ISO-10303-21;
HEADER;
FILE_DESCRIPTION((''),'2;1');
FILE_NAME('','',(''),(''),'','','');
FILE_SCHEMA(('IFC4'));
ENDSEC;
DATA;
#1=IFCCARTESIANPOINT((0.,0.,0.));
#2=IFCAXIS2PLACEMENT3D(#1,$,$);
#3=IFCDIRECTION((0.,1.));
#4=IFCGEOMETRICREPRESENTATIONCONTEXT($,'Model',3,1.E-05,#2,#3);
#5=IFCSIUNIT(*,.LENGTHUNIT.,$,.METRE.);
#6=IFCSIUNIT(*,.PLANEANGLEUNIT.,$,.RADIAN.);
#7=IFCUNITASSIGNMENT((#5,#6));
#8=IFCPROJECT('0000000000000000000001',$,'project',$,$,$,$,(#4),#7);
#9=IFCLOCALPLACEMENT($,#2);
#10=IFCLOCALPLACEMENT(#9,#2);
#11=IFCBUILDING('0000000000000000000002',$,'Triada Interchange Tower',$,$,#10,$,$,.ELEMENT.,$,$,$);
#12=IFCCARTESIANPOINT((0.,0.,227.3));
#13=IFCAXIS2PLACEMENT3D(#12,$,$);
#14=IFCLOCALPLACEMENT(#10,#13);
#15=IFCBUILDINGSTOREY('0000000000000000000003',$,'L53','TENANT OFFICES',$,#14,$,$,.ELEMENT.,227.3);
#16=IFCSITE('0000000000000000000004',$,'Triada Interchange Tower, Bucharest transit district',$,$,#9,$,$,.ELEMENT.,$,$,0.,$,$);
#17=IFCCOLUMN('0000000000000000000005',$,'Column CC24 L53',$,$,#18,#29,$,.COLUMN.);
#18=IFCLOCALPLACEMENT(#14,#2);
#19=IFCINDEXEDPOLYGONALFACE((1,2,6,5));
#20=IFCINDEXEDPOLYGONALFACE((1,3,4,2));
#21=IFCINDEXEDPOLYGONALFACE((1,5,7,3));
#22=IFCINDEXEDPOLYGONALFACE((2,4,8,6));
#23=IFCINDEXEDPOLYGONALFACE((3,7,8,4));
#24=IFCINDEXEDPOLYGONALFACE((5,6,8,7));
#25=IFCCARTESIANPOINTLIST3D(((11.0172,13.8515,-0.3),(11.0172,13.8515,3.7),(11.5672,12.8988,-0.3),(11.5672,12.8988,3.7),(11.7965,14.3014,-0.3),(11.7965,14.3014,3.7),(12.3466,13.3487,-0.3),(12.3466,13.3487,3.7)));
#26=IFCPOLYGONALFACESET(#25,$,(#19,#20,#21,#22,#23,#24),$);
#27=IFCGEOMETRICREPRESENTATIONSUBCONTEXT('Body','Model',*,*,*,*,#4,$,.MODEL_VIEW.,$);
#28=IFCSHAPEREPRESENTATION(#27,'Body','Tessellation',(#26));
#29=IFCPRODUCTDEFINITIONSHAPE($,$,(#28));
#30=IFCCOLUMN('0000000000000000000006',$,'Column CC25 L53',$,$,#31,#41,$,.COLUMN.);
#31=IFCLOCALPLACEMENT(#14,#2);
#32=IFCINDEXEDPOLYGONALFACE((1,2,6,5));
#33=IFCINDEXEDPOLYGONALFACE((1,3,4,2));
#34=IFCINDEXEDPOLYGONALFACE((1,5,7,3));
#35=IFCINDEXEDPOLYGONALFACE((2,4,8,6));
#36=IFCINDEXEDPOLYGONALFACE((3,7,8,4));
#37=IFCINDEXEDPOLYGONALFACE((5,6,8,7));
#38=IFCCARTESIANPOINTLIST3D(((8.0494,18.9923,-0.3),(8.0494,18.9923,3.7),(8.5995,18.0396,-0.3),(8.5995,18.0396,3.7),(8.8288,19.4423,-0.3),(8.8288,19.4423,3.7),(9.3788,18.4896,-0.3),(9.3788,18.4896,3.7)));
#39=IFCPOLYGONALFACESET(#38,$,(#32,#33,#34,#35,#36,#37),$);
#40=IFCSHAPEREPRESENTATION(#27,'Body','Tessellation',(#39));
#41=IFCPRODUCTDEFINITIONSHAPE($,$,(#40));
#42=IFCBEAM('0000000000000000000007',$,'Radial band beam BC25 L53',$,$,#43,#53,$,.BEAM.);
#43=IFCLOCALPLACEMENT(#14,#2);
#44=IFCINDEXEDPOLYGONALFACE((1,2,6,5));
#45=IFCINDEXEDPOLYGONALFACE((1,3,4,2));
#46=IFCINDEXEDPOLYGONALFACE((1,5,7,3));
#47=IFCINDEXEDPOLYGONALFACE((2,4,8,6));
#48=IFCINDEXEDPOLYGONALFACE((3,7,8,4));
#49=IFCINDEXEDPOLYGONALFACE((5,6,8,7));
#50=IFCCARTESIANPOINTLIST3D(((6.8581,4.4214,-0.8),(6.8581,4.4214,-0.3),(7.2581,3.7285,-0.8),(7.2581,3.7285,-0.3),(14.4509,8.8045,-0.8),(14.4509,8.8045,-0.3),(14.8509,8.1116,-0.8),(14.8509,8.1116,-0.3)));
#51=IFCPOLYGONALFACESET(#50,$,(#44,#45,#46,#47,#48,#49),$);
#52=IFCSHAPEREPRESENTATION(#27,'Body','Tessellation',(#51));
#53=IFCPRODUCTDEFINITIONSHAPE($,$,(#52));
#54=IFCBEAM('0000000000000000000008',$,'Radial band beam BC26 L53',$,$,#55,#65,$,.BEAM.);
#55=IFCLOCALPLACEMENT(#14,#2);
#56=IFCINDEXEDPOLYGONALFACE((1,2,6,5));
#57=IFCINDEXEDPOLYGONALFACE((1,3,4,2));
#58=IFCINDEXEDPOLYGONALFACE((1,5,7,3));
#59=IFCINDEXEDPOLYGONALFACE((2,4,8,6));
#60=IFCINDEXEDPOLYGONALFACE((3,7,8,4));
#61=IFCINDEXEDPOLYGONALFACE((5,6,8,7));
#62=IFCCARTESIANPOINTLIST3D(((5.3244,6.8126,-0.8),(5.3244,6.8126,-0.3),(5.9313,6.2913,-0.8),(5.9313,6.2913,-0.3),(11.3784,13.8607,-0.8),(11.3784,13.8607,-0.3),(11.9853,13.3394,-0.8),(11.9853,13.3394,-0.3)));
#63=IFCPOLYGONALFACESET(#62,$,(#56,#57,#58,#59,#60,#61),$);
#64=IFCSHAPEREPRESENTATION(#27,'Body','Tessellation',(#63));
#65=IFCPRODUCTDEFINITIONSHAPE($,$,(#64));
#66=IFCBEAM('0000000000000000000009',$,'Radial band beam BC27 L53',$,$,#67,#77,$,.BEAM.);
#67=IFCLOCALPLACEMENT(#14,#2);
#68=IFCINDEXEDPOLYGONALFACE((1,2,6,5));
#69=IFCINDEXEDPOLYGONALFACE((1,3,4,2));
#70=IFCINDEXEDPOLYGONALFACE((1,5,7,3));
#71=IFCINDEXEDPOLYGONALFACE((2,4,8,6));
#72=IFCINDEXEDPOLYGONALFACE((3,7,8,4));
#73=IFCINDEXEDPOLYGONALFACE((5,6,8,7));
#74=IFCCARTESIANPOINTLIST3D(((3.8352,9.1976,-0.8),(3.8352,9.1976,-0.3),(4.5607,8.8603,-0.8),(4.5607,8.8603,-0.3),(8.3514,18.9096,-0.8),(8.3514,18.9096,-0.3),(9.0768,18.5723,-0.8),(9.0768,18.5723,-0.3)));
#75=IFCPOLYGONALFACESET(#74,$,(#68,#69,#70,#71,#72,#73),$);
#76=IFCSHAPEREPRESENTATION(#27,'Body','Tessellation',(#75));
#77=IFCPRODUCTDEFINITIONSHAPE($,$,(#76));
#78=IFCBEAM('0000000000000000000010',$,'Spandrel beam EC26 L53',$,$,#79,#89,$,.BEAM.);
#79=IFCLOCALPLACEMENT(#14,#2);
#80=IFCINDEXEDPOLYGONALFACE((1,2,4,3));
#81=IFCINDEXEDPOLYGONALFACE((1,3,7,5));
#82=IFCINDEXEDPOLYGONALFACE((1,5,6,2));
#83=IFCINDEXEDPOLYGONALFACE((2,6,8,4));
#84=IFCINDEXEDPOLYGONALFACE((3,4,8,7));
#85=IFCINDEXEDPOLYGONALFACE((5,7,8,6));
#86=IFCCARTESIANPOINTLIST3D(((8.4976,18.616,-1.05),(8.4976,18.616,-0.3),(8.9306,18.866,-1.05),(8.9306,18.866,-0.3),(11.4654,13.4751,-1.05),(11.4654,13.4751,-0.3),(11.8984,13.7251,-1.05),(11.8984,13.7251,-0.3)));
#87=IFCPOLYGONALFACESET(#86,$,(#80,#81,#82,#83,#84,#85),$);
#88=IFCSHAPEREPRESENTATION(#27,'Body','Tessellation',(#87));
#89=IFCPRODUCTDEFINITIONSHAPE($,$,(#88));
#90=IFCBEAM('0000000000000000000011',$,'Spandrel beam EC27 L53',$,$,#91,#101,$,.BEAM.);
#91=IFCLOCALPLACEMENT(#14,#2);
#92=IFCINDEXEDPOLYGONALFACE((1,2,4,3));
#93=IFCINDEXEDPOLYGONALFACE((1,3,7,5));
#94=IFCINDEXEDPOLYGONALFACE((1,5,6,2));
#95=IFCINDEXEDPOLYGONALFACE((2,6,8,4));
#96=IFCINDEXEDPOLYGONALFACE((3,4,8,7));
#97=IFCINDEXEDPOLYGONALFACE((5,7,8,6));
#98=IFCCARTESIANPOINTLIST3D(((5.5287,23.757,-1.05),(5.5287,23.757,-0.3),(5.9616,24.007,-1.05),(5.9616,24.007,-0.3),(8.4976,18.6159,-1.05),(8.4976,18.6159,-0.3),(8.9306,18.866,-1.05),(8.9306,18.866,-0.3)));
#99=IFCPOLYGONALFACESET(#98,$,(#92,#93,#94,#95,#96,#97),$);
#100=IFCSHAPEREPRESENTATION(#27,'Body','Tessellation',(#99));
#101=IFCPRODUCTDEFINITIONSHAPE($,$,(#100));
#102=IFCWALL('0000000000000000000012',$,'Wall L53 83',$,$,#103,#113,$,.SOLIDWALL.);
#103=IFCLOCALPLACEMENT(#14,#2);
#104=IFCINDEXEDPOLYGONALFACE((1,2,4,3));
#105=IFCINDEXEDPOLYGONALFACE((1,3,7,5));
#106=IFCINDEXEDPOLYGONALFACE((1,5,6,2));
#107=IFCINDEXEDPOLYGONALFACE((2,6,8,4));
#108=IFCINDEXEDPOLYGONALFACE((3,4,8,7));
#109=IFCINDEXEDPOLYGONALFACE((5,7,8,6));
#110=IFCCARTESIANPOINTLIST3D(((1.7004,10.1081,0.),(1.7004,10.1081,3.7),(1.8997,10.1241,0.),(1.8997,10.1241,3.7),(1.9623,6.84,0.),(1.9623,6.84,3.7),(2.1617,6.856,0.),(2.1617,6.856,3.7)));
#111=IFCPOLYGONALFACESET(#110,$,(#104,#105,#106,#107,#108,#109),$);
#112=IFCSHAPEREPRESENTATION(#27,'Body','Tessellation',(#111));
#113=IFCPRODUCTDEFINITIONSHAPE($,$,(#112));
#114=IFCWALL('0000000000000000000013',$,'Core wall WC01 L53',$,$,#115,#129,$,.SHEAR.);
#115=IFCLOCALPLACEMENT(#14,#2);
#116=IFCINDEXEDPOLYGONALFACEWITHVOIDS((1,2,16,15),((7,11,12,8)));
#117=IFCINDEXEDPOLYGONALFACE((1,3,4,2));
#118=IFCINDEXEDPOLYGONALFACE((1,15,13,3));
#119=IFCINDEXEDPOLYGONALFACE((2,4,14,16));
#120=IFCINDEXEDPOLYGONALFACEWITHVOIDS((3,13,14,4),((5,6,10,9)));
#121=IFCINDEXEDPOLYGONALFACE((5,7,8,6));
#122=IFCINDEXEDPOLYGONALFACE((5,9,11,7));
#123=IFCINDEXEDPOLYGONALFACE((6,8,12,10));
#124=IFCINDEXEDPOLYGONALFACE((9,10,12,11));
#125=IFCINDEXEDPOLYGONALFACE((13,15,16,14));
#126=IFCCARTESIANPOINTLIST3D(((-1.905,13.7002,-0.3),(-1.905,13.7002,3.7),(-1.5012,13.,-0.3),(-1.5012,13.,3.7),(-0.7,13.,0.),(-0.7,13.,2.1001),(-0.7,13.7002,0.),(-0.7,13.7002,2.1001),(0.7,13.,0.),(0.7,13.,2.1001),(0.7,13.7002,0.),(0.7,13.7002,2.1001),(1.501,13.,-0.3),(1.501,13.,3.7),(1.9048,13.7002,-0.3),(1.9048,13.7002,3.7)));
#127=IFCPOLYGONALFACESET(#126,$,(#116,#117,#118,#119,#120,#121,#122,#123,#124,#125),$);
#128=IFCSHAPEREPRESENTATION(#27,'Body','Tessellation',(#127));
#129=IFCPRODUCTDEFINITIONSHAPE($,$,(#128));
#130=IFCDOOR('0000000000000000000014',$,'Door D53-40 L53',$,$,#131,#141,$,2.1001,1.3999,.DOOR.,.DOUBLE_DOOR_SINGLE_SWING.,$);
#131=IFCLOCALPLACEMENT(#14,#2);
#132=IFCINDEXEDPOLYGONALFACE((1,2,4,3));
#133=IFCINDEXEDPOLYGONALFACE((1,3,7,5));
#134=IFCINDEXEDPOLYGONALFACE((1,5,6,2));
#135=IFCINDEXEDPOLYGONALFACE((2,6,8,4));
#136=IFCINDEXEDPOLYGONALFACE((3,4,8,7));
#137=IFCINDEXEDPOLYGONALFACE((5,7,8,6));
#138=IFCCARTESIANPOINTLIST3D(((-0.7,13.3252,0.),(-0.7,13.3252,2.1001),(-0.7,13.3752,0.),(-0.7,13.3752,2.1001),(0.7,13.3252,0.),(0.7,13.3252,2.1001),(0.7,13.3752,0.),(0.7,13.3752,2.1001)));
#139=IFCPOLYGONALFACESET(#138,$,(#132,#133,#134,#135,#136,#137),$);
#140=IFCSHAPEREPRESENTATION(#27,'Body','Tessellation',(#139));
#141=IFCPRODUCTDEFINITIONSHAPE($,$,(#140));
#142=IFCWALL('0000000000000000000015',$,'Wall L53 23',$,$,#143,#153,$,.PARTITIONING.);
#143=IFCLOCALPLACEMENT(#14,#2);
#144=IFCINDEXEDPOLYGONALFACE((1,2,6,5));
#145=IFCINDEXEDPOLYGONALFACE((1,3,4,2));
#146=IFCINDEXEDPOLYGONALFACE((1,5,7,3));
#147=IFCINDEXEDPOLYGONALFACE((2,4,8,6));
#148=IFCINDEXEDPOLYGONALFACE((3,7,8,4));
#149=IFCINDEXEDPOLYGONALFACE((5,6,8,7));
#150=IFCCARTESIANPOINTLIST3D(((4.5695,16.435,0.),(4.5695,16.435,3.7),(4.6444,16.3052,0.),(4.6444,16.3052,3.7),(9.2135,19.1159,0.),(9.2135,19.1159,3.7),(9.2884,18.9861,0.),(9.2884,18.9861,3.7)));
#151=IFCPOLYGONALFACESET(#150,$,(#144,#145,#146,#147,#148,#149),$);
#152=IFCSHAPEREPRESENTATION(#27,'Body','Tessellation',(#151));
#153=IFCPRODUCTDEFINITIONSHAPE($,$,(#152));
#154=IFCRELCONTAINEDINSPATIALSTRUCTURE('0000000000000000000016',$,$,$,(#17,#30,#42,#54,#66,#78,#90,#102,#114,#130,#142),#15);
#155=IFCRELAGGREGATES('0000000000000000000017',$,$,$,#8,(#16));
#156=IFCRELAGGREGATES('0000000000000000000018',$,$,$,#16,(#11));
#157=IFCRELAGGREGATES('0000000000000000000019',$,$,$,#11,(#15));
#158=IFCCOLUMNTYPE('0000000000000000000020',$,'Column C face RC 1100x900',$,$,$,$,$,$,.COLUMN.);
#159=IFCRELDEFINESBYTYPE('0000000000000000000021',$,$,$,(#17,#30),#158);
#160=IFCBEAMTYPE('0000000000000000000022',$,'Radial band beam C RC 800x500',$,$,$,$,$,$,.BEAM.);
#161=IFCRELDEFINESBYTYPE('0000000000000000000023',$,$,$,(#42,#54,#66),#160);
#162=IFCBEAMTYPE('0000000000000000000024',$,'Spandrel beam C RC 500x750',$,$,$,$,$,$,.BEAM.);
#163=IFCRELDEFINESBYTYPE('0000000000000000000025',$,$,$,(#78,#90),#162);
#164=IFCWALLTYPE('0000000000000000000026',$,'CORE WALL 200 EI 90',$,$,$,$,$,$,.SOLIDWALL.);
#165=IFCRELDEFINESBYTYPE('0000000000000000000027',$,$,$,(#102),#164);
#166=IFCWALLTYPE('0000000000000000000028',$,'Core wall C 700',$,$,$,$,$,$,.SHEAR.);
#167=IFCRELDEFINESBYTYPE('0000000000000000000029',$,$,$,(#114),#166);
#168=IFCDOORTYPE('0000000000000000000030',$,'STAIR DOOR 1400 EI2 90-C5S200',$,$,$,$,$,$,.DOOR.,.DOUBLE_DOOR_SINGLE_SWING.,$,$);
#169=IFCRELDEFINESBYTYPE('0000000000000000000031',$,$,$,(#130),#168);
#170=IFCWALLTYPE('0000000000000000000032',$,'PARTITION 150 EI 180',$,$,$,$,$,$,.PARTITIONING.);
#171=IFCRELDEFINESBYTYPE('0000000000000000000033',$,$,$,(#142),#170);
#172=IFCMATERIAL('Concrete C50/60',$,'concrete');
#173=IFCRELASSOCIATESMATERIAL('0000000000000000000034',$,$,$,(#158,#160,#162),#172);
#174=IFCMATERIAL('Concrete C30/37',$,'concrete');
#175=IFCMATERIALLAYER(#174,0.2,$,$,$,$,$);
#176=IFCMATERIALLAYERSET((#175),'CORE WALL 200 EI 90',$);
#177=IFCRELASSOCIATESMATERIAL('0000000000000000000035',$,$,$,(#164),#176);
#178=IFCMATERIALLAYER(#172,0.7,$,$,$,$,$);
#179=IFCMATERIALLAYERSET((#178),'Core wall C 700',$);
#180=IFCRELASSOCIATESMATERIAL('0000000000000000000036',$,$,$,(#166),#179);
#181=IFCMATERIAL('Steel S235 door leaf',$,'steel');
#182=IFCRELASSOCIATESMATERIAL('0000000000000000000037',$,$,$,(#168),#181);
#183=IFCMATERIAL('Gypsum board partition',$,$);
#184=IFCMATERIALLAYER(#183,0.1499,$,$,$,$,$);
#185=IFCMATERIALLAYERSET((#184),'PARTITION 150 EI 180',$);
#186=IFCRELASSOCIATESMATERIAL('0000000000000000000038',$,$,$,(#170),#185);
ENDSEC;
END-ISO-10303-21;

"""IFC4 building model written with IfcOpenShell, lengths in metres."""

from ifc_helpers import new_model, si_unit, direction, frame, frame_2d, origin, origin_2d, place, context, subcontext, project, spatial, polyline, rectangle, outline, extrude, material, layer, layer_set, material_profile, profile_set, type_object, element, fill, save


model = new_model("IFC4")

# Units and contexts
model_context = context("Model", 3, precision=1e-05, world=origin(), true_north=direction((0.0, 1.0)))
body_context = subcontext(model_context, "Body", "Model", "MODEL_VIEW")
ifc_project = project(units=[si_unit("LENGTHUNIT", "METRE"), si_unit("PLANEANGLEUNIT", "RADIAN")], contexts=[model_context])

# Site, building, storey
site_placement = place(None, origin())
site = spatial("IfcSite", under=ifc_project, at=site_placement, Name="Triada Interchange Tower, Bucharest transit district", CompositionType="ELEMENT", RefElevation=0.0)
building_placement = place(site_placement, origin())
building = spatial("IfcBuilding", under=site, at=building_placement, Name="Triada Interchange Tower", CompositionType="ELEMENT")
storey_placement = place(building_placement, frame((0.0, 0.0, 227.3)))
storey = spatial("IfcBuildingStorey", under=building, at=storey_placement, Name="L53", Description="TENANT OFFICES", CompositionType="ELEMENT", Elevation=227.3)

# Columns
ifc_material_1 = material(Name="Concrete C50/60", Category="concrete")
ifc_material_profile_1 = material_profile(ifc_material_1, rectangle(XDim=1.1001, YDim=0.8999, at=origin_2d()), Name="RC 1100x900")
ifc_profile_set_1 = profile_set([ifc_material_profile_1], Name="Concrete C50/60")
column_type = type_object("IfcColumnType", Name="Column C face RC 1100x900", PredefinedType="COLUMN", material=ifc_profile_set_1)
for number, where, z_axis, x_axis, name in (
    (1, (11.6819, 13.6001, -0.3), (0.0, 0.0, 1.0), (-0.5, 0.866025, 0.0), "Column CC24 L53"),
    (2, (8.7141, 18.741, -0.3), (0.0, 0.0, 1.0), (-0.5, 0.866025, 0.0), "Column CC25 L53"),
):
    element("IfcColumn", number, at=place(storey_placement, frame(where, z_axis=z_axis, x_axis=x_axis)), inside=storey, type_object=column_type, Name=name, PredefinedType="COLUMN", context=body_context, shape_type="SweptSolid", body=[
        extrude(rectangle(XDim=1.1001, YDim=0.8999, at=origin_2d()), origin(), (0.0, 0.0, 1.0), 4.0),
    ])

# Beams
ifc_material_profile_2 = material_profile(ifc_material_1, rectangle(XDim=0.8, YDim=0.5, at=origin_2d()), Name="RC 800x500")
ifc_profile_set_2 = profile_set([ifc_material_profile_2], Name="Concrete C50/60")
beam_type_1 = type_object("IfcBeamType", Name="Radial band beam C RC 800x500", PredefinedType="BEAM", material=ifc_profile_set_2)
beam_1_placement = place(storey_placement, frame((14.6509, 8.458, -0.55), z_axis=(-0.866057, -0.499946, 0.0), x_axis=(0.499946, -0.866057, 0.0)))
element("IfcBeam", 3, at=beam_1_placement, inside=storey, type_object=beam_type_1, Name="Radial band beam BC25 L53", PredefinedType="BEAM", context=body_context, shape_type="SweptSolid", body=[
    extrude(rectangle(XDim=0.8, YDim=0.5, at=origin_2d()), origin(), (0.0, 0.0, 1.0), 8.7671),
])
beam_2_placement = place(storey_placement, frame((11.6819, 13.6001, -0.55), z_axis=(-0.651581, -0.758579, 0.0), x_axis=(0.758579, -0.651581, 0.0)))
element("IfcBeam", 4, at=beam_2_placement, inside=storey, type_object=beam_type_1, Name="Radial band beam BC26 L53", PredefinedType="BEAM", context=body_context, shape_type="SweptSolid", body=[
    extrude(rectangle(XDim=0.8, YDim=0.5, at=origin_2d()), origin(), (0.0, 0.0, 1.0), 9.2913),
])
beam_3_placement = place(storey_placement, frame((8.7141, 18.741, -0.55), z_axis=(-0.42165, -0.906759, 0.0), x_axis=(0.906759, -0.42165, 0.0)))
element("IfcBeam", 5, at=beam_3_placement, inside=storey, type_object=beam_type_1, Name="Radial band beam BC27 L53", PredefinedType="BEAM", context=body_context, shape_type="SweptSolid", body=[
    extrude(rectangle(XDim=0.8, YDim=0.5, at=origin_2d()), origin(), (0.0, 0.0, 1.0), 10.7107),
])
ifc_material_profile_3 = material_profile(ifc_material_1, rectangle(XDim=0.5, YDim=0.75, at=origin_2d()), Name="RC 500x750")
ifc_profile_set_3 = profile_set([ifc_material_profile_3], Name="Concrete C50/60")
beam_type_2 = type_object("IfcBeamType", Name="Spandrel beam C RC 500x750", PredefinedType="BEAM", material=ifc_profile_set_3)
beam_4_placement = place(storey_placement, frame((11.6819, 13.6001, -0.675), z_axis=(-0.499961, 0.866048, 0.0), x_axis=(-0.866048, -0.499961, 0.0)))
element("IfcBeam", 6, at=beam_4_placement, inside=storey, type_object=beam_type_2, Name="Spandrel beam EC26 L53", PredefinedType="BEAM", context=body_context, shape_type="SweptSolid", body=[
    extrude(rectangle(XDim=0.5, YDim=0.75, at=origin_2d()), origin(), (0.0, 0.0, 1.0), 5.936),
])
beam_5_placement = place(storey_placement, frame((8.7141, 18.741, -0.675), z_axis=(-0.500097, 0.865969, 0.0), x_axis=(-0.865969, -0.500097, 0.0)))
element("IfcBeam", 7, at=beam_5_placement, inside=storey, type_object=beam_type_2, Name="Spandrel beam EC27 L53", PredefinedType="BEAM", context=body_context, shape_type="SweptSolid", body=[
    extrude(rectangle(XDim=0.5, YDim=0.75, at=origin_2d()), origin(), (0.0, 0.0, 1.0), 5.9368),
])

# Wall
ifc_material_2 = material(Name="Concrete C30/37", Category="concrete")
ifc_layer_1 = layer(ifc_material_2, 0.2)
ifc_layer_set_1 = layer_set([ifc_layer_1], Name="CORE WALL 200 EI 90")
wall_type_1 = type_object("IfcWallType", Name="CORE WALL 200 EI 90", PredefinedType="SOLIDWALL", material=ifc_layer_set_1)
wall_1_placement = place(storey_placement, frame((1.8, 10.116, 0.0), z_axis=(0.0, 0.0, 1.0), x_axis=(0.079902, -0.996803, 0.0)))
element("IfcWall", 8, at=wall_1_placement, inside=storey, type_object=wall_type_1, Name="Wall L53 83", PredefinedType="SOLIDWALL", context=body_context, shape_type="SweptSolid", body=[
    extrude(rectangle(XDim=3.2786, YDim=0.2, at=frame_2d((1.6392, 0.0))), origin(), (0.0, 0.0, 1.0), 3.7),
])

# Wall, opening, door
ifc_layer_2 = layer(ifc_material_1, 0.7)
ifc_layer_set_2 = layer_set([ifc_layer_2], Name="Core wall C 700")
wall_type_2 = type_object("IfcWallType", Name="Core wall C 700", PredefinedType="SHEAR", material=ifc_layer_set_2)
wall_2_placement = place(storey_placement, frame((1.7029, 13.3501, -0.3), z_axis=(0.0, 0.0, 1.0), x_axis=(-1.0, 0.0, 0.0)))
wall_2 = element("IfcWall", 9, at=wall_2_placement, inside=storey, type_object=wall_type_2, Name="Core wall WC01 L53", PredefinedType="SHEAR", context=body_context, shape_type="SweptSolid", body=[
    extrude(outline(polyline([(-0.2019, -0.3501), (1.7031, -0.3501), (3.6079, -0.3501), (3.2041, 0.3501), (1.7031, 0.3501), (0.2019, 0.3501), (-0.2019, -0.3501)])), origin(), (0.0, 0.0, 1.0), 4.0),
])
opening_1_placement = place(wall_2_placement, frame((1.0029, 0.0, 0.3)))
opening_1 = element("IfcOpeningElement", 10, at=opening_1_placement, cuts=wall_2, PredefinedType="OPENING", context=body_context, shape_type="SweptSolid", body=[
    extrude(rectangle(XDim=1.3999, YDim=2.1001, at=frame_2d((0.7, 1.05))), frame((0.0, 0.3601, 0.0), z_axis=(0.0, -1.0, 0.0), x_axis=(1.0, 0.0, 0.0)), (0.0, 0.0, 1.0), 0.7202),
])
ifc_material_3 = material(Name="Steel S235 door leaf", Category="steel")
door_type_1 = type_object("IfcDoorType", Name="STAIR DOOR 1400 EI2 90-C5S200", OperationType="DOUBLE_DOOR_SINGLE_SWING", PredefinedType="DOOR", material=ifc_material_3)
door_1_placement = place(opening_1_placement, origin())
door_1 = element("IfcDoor", 11, at=door_1_placement, inside=storey, type_object=door_type_1, Name="Door D53-40 L53", OperationType="DOUBLE_DOOR_SINGLE_SWING", OverallHeight=2.1001, OverallWidth=1.3999, PredefinedType="DOOR", context=body_context, shape_type="SweptSolid", body=[
    extrude(rectangle(XDim=1.3999, YDim=2.1001, at=frame_2d((0.7, 1.05))), frame((0.0, 0.0249, 0.0), z_axis=(0.0, -1.0, 0.0), x_axis=(1.0, 0.0, 0.0)), (0.0, 0.0, 1.0), 0.05),
])
fill(opening_1, door_1)

# Wall
ifc_material_4 = material(Name="Gypsum board partition")
ifc_layer_3 = layer(ifc_material_4, 0.1499)
ifc_layer_set_3 = layer_set([ifc_layer_3], Name="PARTITION 150 EI 180")
wall_type_3 = type_object("IfcWallType", Name="PARTITION 150 EI 180", PredefinedType="PARTITIONING", material=ifc_layer_set_3)
wall_3_placement = place(storey_placement, frame((4.6069, 16.3701, 0.0), z_axis=(0.0, 0.0, 1.0), x_axis=(0.866052, 0.499954, 0.0)))
element("IfcWall", 12, at=wall_3_placement, inside=storey, type_object=wall_type_3, Name="Wall L53 23", PredefinedType="PARTITIONING", context=body_context, shape_type="SweptSolid", body=[
    extrude(rectangle(XDim=5.3623, YDim=0.1499, at=frame_2d((2.6812, 0.0))), origin(), (0.0, 0.0, 1.0), 3.7),
])

save(model, "model.ifc")
